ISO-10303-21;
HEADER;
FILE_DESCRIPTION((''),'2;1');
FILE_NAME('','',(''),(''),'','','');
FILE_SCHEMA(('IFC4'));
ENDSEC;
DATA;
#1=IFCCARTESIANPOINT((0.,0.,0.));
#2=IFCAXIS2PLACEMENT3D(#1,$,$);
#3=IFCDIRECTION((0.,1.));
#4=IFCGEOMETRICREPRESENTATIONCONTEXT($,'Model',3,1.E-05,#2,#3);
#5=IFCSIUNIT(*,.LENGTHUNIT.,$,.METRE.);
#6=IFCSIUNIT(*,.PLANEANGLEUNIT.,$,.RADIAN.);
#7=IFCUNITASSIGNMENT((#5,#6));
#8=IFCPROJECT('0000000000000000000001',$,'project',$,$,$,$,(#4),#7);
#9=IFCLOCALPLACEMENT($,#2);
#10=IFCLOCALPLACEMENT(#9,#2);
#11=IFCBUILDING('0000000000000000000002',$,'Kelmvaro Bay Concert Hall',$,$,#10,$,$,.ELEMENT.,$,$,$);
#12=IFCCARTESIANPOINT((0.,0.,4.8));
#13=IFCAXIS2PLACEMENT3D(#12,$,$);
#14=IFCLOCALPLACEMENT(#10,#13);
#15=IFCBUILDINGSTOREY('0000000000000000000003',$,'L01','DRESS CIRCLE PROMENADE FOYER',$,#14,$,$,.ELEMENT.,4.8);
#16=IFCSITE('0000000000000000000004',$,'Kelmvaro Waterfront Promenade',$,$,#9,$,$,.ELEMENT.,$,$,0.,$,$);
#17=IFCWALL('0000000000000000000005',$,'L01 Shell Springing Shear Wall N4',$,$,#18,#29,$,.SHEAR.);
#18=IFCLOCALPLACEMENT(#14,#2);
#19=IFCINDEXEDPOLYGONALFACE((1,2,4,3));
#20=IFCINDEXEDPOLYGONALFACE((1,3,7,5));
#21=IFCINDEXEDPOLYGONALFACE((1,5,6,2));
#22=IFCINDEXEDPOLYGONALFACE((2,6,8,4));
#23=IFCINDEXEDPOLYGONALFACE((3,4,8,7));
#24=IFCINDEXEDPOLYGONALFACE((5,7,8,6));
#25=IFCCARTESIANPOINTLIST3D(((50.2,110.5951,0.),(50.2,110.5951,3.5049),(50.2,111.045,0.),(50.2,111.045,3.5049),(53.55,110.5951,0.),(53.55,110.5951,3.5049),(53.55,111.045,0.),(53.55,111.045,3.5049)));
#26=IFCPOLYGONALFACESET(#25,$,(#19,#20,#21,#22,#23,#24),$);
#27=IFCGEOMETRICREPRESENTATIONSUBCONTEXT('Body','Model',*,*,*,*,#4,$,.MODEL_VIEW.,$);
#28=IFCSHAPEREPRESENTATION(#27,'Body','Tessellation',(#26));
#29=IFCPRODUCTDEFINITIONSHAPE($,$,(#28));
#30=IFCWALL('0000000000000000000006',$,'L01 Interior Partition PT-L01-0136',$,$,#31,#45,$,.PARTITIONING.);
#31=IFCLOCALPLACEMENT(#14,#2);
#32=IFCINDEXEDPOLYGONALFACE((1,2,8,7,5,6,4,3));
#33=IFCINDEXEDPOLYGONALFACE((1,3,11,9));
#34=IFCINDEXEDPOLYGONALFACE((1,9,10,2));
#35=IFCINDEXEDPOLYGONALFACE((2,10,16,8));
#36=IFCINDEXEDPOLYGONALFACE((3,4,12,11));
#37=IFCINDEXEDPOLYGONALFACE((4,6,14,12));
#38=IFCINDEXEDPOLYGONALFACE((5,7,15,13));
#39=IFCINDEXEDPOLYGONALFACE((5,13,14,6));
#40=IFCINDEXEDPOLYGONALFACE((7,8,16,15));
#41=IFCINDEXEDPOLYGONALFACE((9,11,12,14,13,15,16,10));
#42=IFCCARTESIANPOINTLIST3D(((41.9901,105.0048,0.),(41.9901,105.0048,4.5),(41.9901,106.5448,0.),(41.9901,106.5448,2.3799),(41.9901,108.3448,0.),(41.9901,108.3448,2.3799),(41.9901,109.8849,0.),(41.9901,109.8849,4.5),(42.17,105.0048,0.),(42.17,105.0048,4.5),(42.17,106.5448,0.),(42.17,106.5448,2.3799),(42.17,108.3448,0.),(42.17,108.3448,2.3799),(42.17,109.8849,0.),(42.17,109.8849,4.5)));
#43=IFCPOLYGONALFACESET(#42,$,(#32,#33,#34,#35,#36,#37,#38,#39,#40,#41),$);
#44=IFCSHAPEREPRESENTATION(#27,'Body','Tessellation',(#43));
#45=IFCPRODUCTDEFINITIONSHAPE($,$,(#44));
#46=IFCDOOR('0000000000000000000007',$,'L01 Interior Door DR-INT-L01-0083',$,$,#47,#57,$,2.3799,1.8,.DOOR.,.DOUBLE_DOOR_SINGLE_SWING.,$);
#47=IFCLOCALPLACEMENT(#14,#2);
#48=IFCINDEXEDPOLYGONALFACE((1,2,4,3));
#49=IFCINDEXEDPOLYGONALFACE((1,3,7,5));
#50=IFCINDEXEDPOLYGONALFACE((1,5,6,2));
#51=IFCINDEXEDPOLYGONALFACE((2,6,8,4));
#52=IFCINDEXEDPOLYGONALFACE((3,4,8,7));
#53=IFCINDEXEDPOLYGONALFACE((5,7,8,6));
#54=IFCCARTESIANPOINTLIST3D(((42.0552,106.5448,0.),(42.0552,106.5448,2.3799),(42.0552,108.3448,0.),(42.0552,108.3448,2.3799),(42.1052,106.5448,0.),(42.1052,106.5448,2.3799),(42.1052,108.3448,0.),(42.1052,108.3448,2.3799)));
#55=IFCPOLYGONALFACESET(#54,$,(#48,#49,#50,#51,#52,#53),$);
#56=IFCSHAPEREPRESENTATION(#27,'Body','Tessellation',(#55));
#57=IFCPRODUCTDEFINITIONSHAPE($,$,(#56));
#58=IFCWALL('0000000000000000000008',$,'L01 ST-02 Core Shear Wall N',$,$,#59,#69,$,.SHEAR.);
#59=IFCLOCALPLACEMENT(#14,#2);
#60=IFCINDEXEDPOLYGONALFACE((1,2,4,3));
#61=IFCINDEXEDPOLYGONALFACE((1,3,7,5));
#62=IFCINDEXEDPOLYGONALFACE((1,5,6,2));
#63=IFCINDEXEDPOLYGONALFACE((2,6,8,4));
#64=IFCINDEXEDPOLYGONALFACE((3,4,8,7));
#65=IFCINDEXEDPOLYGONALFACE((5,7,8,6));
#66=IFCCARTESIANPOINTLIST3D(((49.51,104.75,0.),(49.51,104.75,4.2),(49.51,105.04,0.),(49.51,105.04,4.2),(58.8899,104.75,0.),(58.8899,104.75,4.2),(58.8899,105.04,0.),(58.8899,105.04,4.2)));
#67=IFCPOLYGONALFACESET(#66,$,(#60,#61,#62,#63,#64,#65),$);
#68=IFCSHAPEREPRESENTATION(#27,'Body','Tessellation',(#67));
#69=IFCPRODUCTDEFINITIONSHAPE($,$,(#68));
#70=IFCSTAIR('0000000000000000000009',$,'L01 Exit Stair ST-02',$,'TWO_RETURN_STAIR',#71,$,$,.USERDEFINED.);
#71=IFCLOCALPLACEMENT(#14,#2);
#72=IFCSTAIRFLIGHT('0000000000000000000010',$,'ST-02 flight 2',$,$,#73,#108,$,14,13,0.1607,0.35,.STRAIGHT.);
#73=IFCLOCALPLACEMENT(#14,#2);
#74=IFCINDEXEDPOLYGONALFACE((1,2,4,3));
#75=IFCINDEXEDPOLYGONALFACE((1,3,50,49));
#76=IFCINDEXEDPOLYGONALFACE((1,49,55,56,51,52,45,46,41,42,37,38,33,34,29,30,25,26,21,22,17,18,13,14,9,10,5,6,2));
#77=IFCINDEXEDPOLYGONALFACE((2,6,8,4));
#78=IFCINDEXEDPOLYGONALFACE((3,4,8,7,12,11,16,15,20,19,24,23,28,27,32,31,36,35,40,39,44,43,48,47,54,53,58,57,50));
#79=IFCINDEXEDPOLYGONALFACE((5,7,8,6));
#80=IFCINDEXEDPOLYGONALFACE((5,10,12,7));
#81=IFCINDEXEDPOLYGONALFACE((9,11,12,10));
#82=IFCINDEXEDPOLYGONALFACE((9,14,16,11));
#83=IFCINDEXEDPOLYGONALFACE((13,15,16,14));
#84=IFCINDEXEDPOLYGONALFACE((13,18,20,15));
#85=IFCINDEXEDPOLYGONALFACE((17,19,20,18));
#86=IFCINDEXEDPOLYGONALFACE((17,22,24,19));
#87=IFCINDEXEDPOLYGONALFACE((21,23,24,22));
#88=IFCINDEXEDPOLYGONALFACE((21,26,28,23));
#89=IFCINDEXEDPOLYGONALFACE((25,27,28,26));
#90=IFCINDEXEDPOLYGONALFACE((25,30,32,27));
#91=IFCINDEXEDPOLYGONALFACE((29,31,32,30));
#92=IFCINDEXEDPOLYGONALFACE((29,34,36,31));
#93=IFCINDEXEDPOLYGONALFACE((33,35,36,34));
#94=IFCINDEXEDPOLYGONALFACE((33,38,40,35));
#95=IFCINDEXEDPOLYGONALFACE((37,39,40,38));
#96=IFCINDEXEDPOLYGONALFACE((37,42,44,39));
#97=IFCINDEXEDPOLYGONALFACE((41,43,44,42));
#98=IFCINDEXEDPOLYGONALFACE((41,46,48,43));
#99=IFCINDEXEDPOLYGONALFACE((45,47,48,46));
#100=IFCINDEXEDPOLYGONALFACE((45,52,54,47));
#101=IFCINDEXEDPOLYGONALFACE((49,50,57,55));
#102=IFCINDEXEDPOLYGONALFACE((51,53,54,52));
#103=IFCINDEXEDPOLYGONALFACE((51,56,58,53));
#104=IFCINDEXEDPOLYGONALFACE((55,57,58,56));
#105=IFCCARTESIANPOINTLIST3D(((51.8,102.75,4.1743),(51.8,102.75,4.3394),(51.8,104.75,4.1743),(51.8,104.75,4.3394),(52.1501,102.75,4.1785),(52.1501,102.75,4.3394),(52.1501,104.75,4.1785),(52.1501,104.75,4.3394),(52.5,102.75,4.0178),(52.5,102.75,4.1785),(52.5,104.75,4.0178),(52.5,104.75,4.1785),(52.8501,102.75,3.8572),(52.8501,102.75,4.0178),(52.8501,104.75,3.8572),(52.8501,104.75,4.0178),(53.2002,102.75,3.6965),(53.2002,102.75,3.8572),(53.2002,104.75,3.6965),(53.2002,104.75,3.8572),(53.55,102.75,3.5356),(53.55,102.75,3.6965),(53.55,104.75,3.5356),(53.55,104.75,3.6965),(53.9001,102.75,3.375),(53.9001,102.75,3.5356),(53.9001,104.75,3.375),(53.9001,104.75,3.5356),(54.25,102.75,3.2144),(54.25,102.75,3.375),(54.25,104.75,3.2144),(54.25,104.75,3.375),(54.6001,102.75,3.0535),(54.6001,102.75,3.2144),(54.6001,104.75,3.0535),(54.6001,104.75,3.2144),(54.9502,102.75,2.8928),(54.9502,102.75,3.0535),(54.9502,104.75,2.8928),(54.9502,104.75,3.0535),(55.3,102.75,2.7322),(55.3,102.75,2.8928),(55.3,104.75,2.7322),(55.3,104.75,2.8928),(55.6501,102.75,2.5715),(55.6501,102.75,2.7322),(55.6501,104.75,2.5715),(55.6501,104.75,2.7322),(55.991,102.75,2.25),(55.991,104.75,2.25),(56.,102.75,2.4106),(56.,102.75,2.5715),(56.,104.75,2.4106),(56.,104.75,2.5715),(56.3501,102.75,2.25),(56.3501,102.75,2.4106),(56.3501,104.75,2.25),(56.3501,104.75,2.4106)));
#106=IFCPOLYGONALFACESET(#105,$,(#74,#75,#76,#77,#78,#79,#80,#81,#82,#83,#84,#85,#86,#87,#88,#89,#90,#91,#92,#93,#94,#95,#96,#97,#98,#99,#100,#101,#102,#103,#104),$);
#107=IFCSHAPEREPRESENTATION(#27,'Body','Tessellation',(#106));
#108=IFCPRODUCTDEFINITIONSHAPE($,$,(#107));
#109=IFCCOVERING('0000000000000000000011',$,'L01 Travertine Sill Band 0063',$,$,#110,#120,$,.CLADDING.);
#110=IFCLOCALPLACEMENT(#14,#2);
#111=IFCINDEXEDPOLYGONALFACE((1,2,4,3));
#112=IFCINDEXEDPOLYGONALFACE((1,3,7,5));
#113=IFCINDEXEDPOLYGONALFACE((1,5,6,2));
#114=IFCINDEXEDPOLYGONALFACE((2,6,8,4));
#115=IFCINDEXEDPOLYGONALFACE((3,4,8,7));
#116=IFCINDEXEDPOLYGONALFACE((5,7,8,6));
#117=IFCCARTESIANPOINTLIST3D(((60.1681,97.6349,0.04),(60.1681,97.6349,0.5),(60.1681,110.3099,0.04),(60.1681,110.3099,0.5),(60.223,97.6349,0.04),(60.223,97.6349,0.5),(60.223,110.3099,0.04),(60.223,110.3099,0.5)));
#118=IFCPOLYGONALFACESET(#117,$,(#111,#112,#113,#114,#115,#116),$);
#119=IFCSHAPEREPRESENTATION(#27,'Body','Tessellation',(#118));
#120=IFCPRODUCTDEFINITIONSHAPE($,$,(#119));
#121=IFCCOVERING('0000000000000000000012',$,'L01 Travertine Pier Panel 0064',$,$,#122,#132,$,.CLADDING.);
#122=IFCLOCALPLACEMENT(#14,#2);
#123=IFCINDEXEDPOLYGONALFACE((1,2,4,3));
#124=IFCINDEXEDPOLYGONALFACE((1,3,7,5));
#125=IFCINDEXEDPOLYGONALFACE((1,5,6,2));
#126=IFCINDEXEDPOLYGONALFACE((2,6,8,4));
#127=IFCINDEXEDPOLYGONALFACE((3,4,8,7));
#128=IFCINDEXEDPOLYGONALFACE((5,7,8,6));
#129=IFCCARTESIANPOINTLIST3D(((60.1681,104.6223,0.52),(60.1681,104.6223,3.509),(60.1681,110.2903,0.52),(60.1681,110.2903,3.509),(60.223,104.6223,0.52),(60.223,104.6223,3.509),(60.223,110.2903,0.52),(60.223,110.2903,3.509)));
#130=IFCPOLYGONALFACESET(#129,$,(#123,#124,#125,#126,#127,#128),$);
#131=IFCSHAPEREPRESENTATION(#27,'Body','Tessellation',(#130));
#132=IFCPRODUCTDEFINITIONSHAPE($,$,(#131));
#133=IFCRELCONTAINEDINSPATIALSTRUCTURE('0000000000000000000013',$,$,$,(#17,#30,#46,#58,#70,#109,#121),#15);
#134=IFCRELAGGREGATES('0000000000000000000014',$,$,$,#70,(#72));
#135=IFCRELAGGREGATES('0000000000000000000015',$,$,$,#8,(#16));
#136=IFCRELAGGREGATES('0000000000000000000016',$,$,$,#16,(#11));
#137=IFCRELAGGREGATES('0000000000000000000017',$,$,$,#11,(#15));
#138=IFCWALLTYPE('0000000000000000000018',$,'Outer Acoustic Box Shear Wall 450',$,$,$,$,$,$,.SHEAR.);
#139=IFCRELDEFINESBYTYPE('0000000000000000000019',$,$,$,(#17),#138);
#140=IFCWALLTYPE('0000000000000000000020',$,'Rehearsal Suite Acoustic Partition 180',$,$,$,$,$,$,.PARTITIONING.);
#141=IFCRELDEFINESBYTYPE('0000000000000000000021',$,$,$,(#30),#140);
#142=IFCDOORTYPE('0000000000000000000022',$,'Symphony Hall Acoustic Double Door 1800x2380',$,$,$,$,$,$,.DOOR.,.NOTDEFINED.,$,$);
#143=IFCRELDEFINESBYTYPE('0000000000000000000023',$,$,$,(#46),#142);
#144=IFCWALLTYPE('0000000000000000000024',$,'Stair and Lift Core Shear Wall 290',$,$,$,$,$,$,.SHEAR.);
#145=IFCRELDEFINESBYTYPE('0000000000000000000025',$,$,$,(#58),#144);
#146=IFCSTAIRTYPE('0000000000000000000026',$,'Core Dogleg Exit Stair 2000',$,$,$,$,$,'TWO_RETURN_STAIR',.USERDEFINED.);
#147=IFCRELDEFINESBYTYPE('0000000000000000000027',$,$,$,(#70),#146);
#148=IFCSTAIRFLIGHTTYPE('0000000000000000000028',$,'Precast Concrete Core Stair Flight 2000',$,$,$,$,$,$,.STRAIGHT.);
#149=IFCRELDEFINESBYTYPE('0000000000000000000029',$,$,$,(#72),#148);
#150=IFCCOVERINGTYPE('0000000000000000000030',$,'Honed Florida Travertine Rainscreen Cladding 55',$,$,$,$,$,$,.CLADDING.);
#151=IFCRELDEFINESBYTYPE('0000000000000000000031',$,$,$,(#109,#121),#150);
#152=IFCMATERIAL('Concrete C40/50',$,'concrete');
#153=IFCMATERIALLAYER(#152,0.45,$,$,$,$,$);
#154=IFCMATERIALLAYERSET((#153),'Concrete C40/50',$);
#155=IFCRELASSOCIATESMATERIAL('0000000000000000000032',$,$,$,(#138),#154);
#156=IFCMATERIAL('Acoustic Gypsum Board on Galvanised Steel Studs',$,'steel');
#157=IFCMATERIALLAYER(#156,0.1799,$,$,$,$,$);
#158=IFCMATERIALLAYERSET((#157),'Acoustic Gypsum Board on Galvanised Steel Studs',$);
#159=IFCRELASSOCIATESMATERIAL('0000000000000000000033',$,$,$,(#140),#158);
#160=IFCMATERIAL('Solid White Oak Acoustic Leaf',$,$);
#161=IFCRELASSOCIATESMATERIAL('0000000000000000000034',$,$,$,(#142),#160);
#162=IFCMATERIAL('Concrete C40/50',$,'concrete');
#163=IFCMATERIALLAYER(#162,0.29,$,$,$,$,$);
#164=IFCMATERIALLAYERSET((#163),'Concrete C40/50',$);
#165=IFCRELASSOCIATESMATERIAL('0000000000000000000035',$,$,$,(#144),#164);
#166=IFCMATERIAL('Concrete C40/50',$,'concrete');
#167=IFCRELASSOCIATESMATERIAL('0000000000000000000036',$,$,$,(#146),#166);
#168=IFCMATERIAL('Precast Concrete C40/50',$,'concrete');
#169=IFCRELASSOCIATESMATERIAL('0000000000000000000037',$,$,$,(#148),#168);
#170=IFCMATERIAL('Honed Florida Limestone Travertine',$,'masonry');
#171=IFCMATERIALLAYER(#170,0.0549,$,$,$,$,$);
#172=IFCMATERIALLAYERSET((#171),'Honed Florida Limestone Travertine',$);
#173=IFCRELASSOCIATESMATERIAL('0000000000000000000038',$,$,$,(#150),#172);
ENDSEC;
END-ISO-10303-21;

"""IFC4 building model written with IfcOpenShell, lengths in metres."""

from ifc_helpers import new_model, si_unit, direction, frame, frame_2d, origin, origin_2d, place, context, subcontext, project, spatial, polyline, rectangle, outline, extrude, material, layer, layer_set, type_object, element, fill, aggregate, save


model = new_model("IFC4")

# Units and contexts
model_context = context("Model", 3, precision=1e-05, world=origin(), true_north=direction((0.0, 1.0)))
body_context = subcontext(model_context, "Body", "Model", "MODEL_VIEW")
ifc_project = project(units=[si_unit("LENGTHUNIT", "METRE"), si_unit("PLANEANGLEUNIT", "RADIAN")], contexts=[model_context])

# Site, building, storey
site_placement = place(None, origin())
site = spatial("IfcSite", under=ifc_project, at=site_placement, Name="Kelmvaro Waterfront Promenade", CompositionType="ELEMENT", RefElevation=0.0)
building_placement = place(site_placement, origin())
building = spatial("IfcBuilding", under=site, at=building_placement, Name="Kelmvaro Bay Concert Hall", CompositionType="ELEMENT")
storey_placement = place(building_placement, frame((0.0, 0.0, 4.8)))
storey = spatial("IfcBuildingStorey", under=building, at=storey_placement, Name="L01", Description="DRESS CIRCLE PROMENADE FOYER", CompositionType="ELEMENT", Elevation=4.8)

# Wall
ifc_material_1 = material(Name="Concrete C40/50", Category="concrete")
ifc_layer_1 = layer(ifc_material_1, 0.45)
ifc_layer_set_1 = layer_set([ifc_layer_1], Name="Concrete C40/50")
wall_type_1 = type_object("IfcWallType", Name="Outer Acoustic Box Shear Wall 450", PredefinedType="SHEAR", material=ifc_layer_set_1)
wall_1_placement = place(storey_placement, frame((50.2, 110.8201, 0.0), z_axis=(0.0, 0.0, 1.0), x_axis=(1.0, 0.0, 0.0)))
element("IfcWall", 1, at=wall_1_placement, inside=storey, type_object=wall_type_1, Name="L01 Shell Springing Shear Wall N4", PredefinedType="SHEAR", context=body_context, shape_type="SweptSolid", body=[
    extrude(rectangle(XDim=3.3501, YDim=0.45, at=frame_2d((1.675, 0.0))), origin(), (0.0, 0.0, 1.0), 3.5049),
])

# Wall, opening, door
ifc_material_2 = material(Name="Acoustic Gypsum Board on Galvanised Steel Studs", Category="steel")
ifc_layer_2 = layer(ifc_material_2, 0.1799)
ifc_layer_set_2 = layer_set([ifc_layer_2], Name="Acoustic Gypsum Board on Galvanised Steel Studs")
wall_type_2 = type_object("IfcWallType", Name="Rehearsal Suite Acoustic Partition 180", PredefinedType="PARTITIONING", material=ifc_layer_set_2)
wall_2_placement = place(storey_placement, frame((42.0801, 105.0049, 0.0), z_axis=(0.0, 0.0, 1.0), x_axis=(0.0, 1.0, 0.0)))
wall_2 = element("IfcWall", 2, at=wall_2_placement, inside=storey, type_object=wall_type_2, Name="L01 Interior Partition PT-L01-0136", PredefinedType="PARTITIONING", context=body_context, shape_type="SweptSolid", body=[
    extrude(rectangle(XDim=4.8801, YDim=0.1799, at=frame_2d((2.4399, 0.0))), origin(), (0.0, 0.0, 1.0), 4.5),
])
opening_1_placement = place(wall_2_placement, frame((1.54, 0.0, 0.0)))
opening_1 = element("IfcOpeningElement", 3, at=opening_1_placement, cuts=wall_2, PredefinedType="OPENING", context=body_context, shape_type="SweptSolid", body=[
    extrude(rectangle(XDim=1.8, YDim=2.3799, at=frame_2d((0.8999, 1.1899))), frame((0.0, 0.0999, 0.0), z_axis=(0.0, -1.0, 0.0), x_axis=(1.0, 0.0, 0.0)), (0.0, 0.0, 1.0), 0.2),
])
ifc_material_3 = material(Name="Solid White Oak Acoustic Leaf")
door_type_1 = type_object("IfcDoorType", Name="Symphony Hall Acoustic Double Door 1800x2380", OperationType="NOTDEFINED", PredefinedType="DOOR", material=ifc_material_3)
door_1_placement = place(opening_1_placement, origin())
door_1 = element("IfcDoor", 4, at=door_1_placement, inside=storey, type_object=door_type_1, Name="L01 Interior Door DR-INT-L01-0083", OperationType="DOUBLE_DOOR_SINGLE_SWING", OverallHeight=2.3799, OverallWidth=1.8, PredefinedType="DOOR", context=body_context, shape_type="SweptSolid", body=[
    extrude(rectangle(XDim=1.8, YDim=2.3799, at=frame_2d((0.8999, 1.1899))), frame((0.0, 0.0249, 0.0), z_axis=(0.0, -1.0, 0.0), x_axis=(1.0, 0.0, 0.0)), (0.0, 0.0, 1.0), 0.05),
])
fill(opening_1, door_1)

# Wall
ifc_material_4 = material(Name="Concrete C40/50", Category="concrete")
ifc_layer_3 = layer(ifc_material_4, 0.29)
ifc_layer_set_3 = layer_set([ifc_layer_3], Name="Concrete C40/50")
wall_type_3 = type_object("IfcWallType", Name="Stair and Lift Core Shear Wall 290", PredefinedType="SHEAR", material=ifc_layer_set_3)
wall_3_placement = place(storey_placement, frame((49.51, 104.895, 0.0), z_axis=(0.0, 0.0, 1.0), x_axis=(1.0, 0.0, 0.0)))
element("IfcWall", 5, at=wall_3_placement, inside=storey, type_object=wall_type_3, Name="L01 ST-02 Core Shear Wall N", PredefinedType="SHEAR", context=body_context, shape_type="SweptSolid", body=[
    extrude(rectangle(XDim=9.3799, YDim=0.29, at=frame_2d((4.6899, 0.0))), origin(), (0.0, 0.0, 1.0), 4.2),
])

# Stair, stair flight
ifc_material_5 = material(Name="Concrete C40/50", Category="concrete")
stair_type = type_object("IfcStairType", Name="Core Dogleg Exit Stair 2000", ElementType="TWO_RETURN_STAIR", PredefinedType="USERDEFINED", material=ifc_material_5)
stair_placement = place(storey_placement, origin())
stair = element("IfcStair", 6, at=stair_placement, inside=storey, type_object=stair_type, Name="L01 Exit Stair ST-02", ObjectType="TWO_RETURN_STAIR", PredefinedType="USERDEFINED")
ifc_material_6 = material(Name="Precast Concrete C40/50", Category="concrete")
stair_flight_type = type_object("IfcStairFlightType", Name="Precast Concrete Core Stair Flight 2000", PredefinedType="STRAIGHT", material=ifc_material_6)
stair_flight_placement = place(storey_placement, frame((56.3501, 103.75, 2.25), z_axis=(0.0, 0.0, 1.0), x_axis=(-1.0, 0.0, 0.0)))
stair_flight = element("IfcStairFlight", 7, at=stair_flight_placement, type_object=stair_flight_type, Name="ST-02 flight 2", NumberOfRisers=14, NumberOfTreads=13, PredefinedType="STRAIGHT", RiserHeight=0.1607, TreadLength=0.35, context=body_context, shape_type="SweptSolid", body=[
    extrude(outline(polyline([(0.0, 0.0), (0.0, 0.1606), (0.3501, 0.1606), (0.3501, 0.3215), (0.7, 0.3215), (0.7, 0.4822), (1.05, 0.4822), (1.05, 0.6428), (1.3999, 0.6428), (1.3999, 0.8035), (1.75, 0.8035), (1.75, 0.9644), (2.1001, 0.9644), (2.1001, 1.125), (2.45, 1.125), (2.45, 1.2856), (2.8, 1.2856), (2.8, 1.4465), (3.1499, 1.4465), (3.1499, 1.6072), (3.5, 1.6072), (3.5, 1.7678), (3.8501, 1.7678), (3.8501, 1.9285), (4.2, 1.9285), (4.2, 2.0894), (4.55, 2.0894), (4.55, 2.25), (4.55, 1.9243), (0.3591, 0.0), (0.0, 0.0)])), frame((0.0, 1.0, 0.0), z_axis=(0.0, -1.0, 0.0), x_axis=(1.0, 0.0, 0.0)), (0.0, 0.0, 1.0), 2.0),
])
aggregate(stair, [stair_flight])

# Coverings
ifc_material_7 = material(Name="Honed Florida Limestone Travertine", Category="masonry")
ifc_layer_4 = layer(ifc_material_7, 0.0549)
ifc_layer_set_4 = layer_set([ifc_layer_4], Name="Honed Florida Limestone Travertine")
covering_type = type_object("IfcCoveringType", Name="Honed Florida Travertine Rainscreen Cladding 55", PredefinedType="CLADDING", material=ifc_layer_set_4)
covering_1_placement = place(storey_placement, frame((60.1956, 103.9724, 0.04), z_axis=(0.0, 0.0, 1.0), x_axis=(0.0, -1.0, 0.0)))
element("IfcCovering", 8, at=covering_1_placement, inside=storey, type_object=covering_type, Name="L01 Travertine Sill Band 0063", PredefinedType="CLADDING", context=body_context, shape_type="SweptSolid", body=[
    extrude(rectangle(XDim=12.675, YDim=0.0549, at=origin_2d()), origin(), (0.0, 0.0, 1.0), 0.46),
])
covering_2_placement = place(storey_placement, frame((60.1956, 107.4563, 0.52), z_axis=(0.0, 0.0, 1.0), x_axis=(0.0, -1.0, 0.0)))
element("IfcCovering", 9, at=covering_2_placement, inside=storey, type_object=covering_type, Name="L01 Travertine Pier Panel 0064", PredefinedType="CLADDING", context=body_context, shape_type="SweptSolid", body=[
    extrude(rectangle(XDim=5.668, YDim=0.0549, at=origin_2d()), origin(), (0.0, 0.0, 1.0), 2.989),
])

save(model, "model.ifc")
